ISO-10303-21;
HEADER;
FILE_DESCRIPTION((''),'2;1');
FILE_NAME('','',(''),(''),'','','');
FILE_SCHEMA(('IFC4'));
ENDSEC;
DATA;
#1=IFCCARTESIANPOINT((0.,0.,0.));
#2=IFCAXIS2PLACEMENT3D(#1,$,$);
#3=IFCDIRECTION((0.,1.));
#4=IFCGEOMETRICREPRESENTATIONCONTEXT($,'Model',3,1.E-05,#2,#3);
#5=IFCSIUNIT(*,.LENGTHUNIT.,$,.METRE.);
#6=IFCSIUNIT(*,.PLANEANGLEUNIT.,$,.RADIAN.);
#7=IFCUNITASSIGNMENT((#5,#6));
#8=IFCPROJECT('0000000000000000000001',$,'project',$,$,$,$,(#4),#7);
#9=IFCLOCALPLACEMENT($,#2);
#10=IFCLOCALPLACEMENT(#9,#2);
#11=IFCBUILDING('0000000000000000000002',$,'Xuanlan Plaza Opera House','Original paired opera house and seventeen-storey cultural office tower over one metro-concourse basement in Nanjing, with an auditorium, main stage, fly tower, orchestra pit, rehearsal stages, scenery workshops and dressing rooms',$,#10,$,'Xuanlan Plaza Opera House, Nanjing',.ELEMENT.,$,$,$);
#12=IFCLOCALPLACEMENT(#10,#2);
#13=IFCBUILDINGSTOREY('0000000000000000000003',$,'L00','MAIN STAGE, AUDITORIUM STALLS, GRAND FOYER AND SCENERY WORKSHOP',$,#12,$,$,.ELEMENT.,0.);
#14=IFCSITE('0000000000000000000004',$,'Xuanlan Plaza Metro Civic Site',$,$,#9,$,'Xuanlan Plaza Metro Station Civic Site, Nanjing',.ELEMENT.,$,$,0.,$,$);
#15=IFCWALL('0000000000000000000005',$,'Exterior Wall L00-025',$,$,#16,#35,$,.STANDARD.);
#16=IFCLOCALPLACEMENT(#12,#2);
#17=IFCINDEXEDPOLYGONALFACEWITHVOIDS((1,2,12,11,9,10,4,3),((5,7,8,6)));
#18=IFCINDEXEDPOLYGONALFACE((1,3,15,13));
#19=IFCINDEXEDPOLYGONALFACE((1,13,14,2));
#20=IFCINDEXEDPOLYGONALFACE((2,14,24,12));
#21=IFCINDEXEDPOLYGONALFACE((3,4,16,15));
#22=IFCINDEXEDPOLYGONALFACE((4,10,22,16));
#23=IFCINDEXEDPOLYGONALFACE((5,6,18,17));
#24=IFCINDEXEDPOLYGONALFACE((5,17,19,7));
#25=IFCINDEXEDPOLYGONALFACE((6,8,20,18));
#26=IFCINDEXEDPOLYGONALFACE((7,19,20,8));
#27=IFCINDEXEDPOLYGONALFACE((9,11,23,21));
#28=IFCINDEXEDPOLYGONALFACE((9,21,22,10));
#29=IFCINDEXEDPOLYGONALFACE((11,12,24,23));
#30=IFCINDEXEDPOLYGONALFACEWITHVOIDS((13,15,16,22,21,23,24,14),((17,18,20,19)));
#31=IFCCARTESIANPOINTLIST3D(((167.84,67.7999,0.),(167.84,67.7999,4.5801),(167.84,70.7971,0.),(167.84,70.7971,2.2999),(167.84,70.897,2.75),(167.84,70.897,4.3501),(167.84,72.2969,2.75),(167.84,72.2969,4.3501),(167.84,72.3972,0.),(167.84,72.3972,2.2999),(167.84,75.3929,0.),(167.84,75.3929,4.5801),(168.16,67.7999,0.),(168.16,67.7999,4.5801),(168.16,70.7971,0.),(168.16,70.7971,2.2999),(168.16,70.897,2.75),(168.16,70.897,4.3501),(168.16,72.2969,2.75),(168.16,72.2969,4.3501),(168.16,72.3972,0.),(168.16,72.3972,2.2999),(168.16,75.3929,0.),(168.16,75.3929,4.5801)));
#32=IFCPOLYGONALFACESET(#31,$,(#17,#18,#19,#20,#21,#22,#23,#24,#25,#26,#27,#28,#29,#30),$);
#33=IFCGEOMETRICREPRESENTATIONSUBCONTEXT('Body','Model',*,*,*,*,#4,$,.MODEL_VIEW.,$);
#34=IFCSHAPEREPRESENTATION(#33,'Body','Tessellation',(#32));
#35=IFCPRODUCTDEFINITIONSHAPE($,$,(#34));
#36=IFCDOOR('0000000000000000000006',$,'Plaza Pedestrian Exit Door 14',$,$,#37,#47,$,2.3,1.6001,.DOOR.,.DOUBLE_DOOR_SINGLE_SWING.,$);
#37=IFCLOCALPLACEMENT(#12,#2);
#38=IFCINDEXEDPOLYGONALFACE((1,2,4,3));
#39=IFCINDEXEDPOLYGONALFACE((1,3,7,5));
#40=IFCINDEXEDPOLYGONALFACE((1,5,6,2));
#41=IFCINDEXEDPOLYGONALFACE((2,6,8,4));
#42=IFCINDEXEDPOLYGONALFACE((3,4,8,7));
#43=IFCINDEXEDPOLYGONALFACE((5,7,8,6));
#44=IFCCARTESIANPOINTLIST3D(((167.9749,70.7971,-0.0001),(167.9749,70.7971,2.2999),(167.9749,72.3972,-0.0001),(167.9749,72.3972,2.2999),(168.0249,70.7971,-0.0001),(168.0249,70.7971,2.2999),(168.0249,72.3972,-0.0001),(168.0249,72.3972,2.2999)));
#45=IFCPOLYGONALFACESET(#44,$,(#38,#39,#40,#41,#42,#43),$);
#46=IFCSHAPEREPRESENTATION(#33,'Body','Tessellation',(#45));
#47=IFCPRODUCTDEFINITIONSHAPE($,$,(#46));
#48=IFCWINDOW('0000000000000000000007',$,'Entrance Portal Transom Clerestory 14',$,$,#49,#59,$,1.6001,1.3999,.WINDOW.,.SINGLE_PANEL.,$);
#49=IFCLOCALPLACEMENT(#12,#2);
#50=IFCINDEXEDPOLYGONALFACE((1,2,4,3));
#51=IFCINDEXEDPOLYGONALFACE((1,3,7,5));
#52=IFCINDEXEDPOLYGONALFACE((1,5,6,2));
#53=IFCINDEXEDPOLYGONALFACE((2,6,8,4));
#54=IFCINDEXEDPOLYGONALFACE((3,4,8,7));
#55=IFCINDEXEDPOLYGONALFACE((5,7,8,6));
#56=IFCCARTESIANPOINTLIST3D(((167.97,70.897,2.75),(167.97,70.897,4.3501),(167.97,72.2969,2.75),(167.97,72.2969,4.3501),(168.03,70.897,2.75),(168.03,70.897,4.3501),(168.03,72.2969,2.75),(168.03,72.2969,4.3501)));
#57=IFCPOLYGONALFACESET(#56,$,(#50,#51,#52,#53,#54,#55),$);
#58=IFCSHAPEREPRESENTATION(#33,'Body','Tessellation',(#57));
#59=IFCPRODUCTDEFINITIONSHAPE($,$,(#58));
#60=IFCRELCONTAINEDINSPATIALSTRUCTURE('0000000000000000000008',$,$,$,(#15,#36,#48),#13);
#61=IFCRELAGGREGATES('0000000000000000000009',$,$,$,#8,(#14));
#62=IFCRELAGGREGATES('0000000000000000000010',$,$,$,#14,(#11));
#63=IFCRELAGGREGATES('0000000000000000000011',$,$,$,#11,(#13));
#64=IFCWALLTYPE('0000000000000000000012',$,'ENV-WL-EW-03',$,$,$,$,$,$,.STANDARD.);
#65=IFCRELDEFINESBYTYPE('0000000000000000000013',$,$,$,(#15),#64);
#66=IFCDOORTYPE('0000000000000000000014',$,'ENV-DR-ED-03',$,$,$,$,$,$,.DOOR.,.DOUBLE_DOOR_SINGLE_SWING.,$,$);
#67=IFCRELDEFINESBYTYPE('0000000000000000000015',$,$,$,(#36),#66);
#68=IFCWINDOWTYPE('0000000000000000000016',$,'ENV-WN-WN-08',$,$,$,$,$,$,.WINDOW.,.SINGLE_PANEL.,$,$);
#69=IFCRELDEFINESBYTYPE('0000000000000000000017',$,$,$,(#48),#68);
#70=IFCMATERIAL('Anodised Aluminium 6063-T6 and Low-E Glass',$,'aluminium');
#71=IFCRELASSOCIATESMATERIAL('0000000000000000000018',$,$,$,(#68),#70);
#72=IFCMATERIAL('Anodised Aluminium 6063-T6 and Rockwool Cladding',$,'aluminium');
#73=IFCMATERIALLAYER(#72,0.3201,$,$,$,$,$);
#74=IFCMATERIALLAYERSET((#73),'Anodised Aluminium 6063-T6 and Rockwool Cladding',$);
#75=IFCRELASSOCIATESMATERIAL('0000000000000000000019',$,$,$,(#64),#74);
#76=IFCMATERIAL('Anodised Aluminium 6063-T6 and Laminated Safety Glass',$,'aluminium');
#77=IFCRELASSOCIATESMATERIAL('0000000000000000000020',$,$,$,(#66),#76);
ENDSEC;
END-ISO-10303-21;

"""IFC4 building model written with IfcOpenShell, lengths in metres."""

from ifc_helpers import new_model, si_unit, direction, frame, frame_2d, origin, place, context, subcontext, project, spatial, rectangle, extrude, material, layer, layer_set, type_object, element, fill, save


model = new_model("IFC4")

# Units and contexts
model_context = context("Model", 3, precision=1e-05, world=origin(), true_north=direction((0.0, 1.0)))
body_context = subcontext(model_context, "Body", "Model", "MODEL_VIEW")
ifc_project = project(units=[si_unit("LENGTHUNIT", "METRE"), si_unit("PLANEANGLEUNIT", "RADIAN")], contexts=[model_context])

# Site, building, storey
site_placement = place(None, origin())
site = spatial("IfcSite", under=ifc_project, at=site_placement, Name="Xuanlan Plaza Metro Civic Site", LongName="Xuanlan Plaza Metro Station Civic Site, Nanjing", CompositionType="ELEMENT", RefElevation=0.0)
building_placement = place(site_placement, origin())
building = spatial("IfcBuilding", under=site, at=building_placement, Name="Xuanlan Plaza Opera House", Description="Original paired opera house and seventeen-storey cultural office tower over one metro-concourse basement in Nanjing, with an auditorium, main stage, fly tower, orchestra pit, rehearsal stages, scenery workshops and dressing rooms", LongName="Xuanlan Plaza Opera House, Nanjing", CompositionType="ELEMENT")
storey_placement = place(building_placement, origin())
storey = spatial("IfcBuildingStorey", under=building, at=storey_placement, Name="L00", Description="MAIN STAGE, AUDITORIUM STALLS, GRAND FOYER AND SCENERY WORKSHOP", CompositionType="ELEMENT", Elevation=0.0)

# Shared definitions
ifc_material_1 = material(Name="Anodised Aluminium 6063-T6 and Low-E Glass", Category="aluminium")

# Wall, openings, door, window
ifc_material_2 = material(Name="Anodised Aluminium 6063-T6 and Rockwool Cladding", Category="aluminium")
ifc_material_3 = material(Name="Anodised Aluminium 6063-T6 and Laminated Safety Glass", Category="aluminium")
window_type = type_object("IfcWindowType", Name="ENV-WN-WN-08", PartitioningType="SINGLE_PANEL", PredefinedType="WINDOW", material=ifc_material_1)
ifc_layer_1 = layer(ifc_material_2, 0.3201)
ifc_layer_set_1 = layer_set([ifc_layer_1], Name="Anodised Aluminium 6063-T6 and Rockwool Cladding")
wall_type_1 = type_object("IfcWallType", Name="ENV-WL-EW-03", PredefinedType="STANDARD", material=ifc_layer_set_1)
wall_1_placement = place(storey_placement, frame((168.0, 67.8, 0.0), z_axis=(0.0, 0.0, 1.0), x_axis=(0.0, 1.0, 0.0)))
wall_1 = element("IfcWall", 1, at=wall_1_placement, inside=storey, type_object=wall_type_1, Name="Exterior Wall L00-025", PredefinedType="STANDARD", context=body_context, shape_type="SweptSolid", body=[
    extrude(rectangle(XDim=7.593, YDim=0.3201, at=frame_2d((3.7964, 0.0))), origin(), (0.0, 0.0, 1.0), 4.5801),
])
opening_1_placement = place(wall_1_placement, frame((2.9971, 0.0, 0.0)))
opening_1 = element("IfcOpeningElement", 2, at=opening_1_placement, cuts=wall_1, PredefinedType="OPENING", context=body_context, shape_type="SweptSolid", body=[
    extrude(rectangle(XDim=1.6001, YDim=2.3, at=frame_2d((0.8, 1.1499))), frame((0.0, 0.1699, 0.0), z_axis=(0.0, -1.0, 0.0), x_axis=(1.0, 0.0, 0.0)), (0.0, 0.0, 1.0), 0.3401),
])
opening_2_placement = place(wall_1_placement, frame((3.0969, 0.0, 2.75)))
opening_2 = element("IfcOpeningElement", 3, at=opening_2_placement, cuts=wall_1, PredefinedType="OPENING", context=body_context, shape_type="SweptSolid", body=[
    extrude(rectangle(XDim=1.3999, YDim=1.6001, at=frame_2d((0.7, 0.8))), frame((0.0, 0.1699, 0.0), z_axis=(0.0, -1.0, 0.0), x_axis=(1.0, 0.0, 0.0)), (0.0, 0.0, 1.0), 0.3401),
])
door_type_1 = type_object("IfcDoorType", Name="ENV-DR-ED-03", OperationType="DOUBLE_DOOR_SINGLE_SWING", PredefinedType="DOOR", material=ifc_material_3)
door_1_placement = place(opening_1_placement, frame((1.6001, 0.0, 0.0), z_axis=(0.0, 0.0, 1.0), x_axis=(-1.0, 0.0, 0.0)))
door_1 = element("IfcDoor", 4, at=door_1_placement, inside=storey, type_object=door_type_1, Name="Plaza Pedestrian Exit Door 14", OperationType="DOUBLE_DOOR_SINGLE_SWING", OverallHeight=2.3, OverallWidth=1.6001, PredefinedType="DOOR", context=body_context, shape_type="SweptSolid", body=[
    extrude(rectangle(XDim=1.6001, YDim=2.3, at=frame_2d((0.8, 1.1499))), frame((0.0, 0.0249, 0.0), z_axis=(0.0, -1.0, 0.0), x_axis=(1.0, 0.0, 0.0)), (0.0, 0.0, 1.0), 0.05),
])
fill(opening_1, door_1)
window_1_placement = place(opening_2_placement, origin())
window_1 = element("IfcWindow", 5, at=window_1_placement, inside=storey, type_object=window_type, Name="Entrance Portal Transom Clerestory 14", OverallHeight=1.6001, OverallWidth=1.3999, PartitioningType="SINGLE_PANEL", PredefinedType="WINDOW", context=body_context, shape_type="SweptSolid", body=[
    extrude(rectangle(XDim=1.3999, YDim=1.6001, at=frame_2d((0.7, 0.8))), frame((0.0, 0.03, 0.0), z_axis=(0.0, -1.0, 0.0), x_axis=(1.0, 0.0, 0.0)), (0.0, 0.0, 1.0), 0.0601),
])
fill(opening_2, window_1)

save(model, "model.ifc")
